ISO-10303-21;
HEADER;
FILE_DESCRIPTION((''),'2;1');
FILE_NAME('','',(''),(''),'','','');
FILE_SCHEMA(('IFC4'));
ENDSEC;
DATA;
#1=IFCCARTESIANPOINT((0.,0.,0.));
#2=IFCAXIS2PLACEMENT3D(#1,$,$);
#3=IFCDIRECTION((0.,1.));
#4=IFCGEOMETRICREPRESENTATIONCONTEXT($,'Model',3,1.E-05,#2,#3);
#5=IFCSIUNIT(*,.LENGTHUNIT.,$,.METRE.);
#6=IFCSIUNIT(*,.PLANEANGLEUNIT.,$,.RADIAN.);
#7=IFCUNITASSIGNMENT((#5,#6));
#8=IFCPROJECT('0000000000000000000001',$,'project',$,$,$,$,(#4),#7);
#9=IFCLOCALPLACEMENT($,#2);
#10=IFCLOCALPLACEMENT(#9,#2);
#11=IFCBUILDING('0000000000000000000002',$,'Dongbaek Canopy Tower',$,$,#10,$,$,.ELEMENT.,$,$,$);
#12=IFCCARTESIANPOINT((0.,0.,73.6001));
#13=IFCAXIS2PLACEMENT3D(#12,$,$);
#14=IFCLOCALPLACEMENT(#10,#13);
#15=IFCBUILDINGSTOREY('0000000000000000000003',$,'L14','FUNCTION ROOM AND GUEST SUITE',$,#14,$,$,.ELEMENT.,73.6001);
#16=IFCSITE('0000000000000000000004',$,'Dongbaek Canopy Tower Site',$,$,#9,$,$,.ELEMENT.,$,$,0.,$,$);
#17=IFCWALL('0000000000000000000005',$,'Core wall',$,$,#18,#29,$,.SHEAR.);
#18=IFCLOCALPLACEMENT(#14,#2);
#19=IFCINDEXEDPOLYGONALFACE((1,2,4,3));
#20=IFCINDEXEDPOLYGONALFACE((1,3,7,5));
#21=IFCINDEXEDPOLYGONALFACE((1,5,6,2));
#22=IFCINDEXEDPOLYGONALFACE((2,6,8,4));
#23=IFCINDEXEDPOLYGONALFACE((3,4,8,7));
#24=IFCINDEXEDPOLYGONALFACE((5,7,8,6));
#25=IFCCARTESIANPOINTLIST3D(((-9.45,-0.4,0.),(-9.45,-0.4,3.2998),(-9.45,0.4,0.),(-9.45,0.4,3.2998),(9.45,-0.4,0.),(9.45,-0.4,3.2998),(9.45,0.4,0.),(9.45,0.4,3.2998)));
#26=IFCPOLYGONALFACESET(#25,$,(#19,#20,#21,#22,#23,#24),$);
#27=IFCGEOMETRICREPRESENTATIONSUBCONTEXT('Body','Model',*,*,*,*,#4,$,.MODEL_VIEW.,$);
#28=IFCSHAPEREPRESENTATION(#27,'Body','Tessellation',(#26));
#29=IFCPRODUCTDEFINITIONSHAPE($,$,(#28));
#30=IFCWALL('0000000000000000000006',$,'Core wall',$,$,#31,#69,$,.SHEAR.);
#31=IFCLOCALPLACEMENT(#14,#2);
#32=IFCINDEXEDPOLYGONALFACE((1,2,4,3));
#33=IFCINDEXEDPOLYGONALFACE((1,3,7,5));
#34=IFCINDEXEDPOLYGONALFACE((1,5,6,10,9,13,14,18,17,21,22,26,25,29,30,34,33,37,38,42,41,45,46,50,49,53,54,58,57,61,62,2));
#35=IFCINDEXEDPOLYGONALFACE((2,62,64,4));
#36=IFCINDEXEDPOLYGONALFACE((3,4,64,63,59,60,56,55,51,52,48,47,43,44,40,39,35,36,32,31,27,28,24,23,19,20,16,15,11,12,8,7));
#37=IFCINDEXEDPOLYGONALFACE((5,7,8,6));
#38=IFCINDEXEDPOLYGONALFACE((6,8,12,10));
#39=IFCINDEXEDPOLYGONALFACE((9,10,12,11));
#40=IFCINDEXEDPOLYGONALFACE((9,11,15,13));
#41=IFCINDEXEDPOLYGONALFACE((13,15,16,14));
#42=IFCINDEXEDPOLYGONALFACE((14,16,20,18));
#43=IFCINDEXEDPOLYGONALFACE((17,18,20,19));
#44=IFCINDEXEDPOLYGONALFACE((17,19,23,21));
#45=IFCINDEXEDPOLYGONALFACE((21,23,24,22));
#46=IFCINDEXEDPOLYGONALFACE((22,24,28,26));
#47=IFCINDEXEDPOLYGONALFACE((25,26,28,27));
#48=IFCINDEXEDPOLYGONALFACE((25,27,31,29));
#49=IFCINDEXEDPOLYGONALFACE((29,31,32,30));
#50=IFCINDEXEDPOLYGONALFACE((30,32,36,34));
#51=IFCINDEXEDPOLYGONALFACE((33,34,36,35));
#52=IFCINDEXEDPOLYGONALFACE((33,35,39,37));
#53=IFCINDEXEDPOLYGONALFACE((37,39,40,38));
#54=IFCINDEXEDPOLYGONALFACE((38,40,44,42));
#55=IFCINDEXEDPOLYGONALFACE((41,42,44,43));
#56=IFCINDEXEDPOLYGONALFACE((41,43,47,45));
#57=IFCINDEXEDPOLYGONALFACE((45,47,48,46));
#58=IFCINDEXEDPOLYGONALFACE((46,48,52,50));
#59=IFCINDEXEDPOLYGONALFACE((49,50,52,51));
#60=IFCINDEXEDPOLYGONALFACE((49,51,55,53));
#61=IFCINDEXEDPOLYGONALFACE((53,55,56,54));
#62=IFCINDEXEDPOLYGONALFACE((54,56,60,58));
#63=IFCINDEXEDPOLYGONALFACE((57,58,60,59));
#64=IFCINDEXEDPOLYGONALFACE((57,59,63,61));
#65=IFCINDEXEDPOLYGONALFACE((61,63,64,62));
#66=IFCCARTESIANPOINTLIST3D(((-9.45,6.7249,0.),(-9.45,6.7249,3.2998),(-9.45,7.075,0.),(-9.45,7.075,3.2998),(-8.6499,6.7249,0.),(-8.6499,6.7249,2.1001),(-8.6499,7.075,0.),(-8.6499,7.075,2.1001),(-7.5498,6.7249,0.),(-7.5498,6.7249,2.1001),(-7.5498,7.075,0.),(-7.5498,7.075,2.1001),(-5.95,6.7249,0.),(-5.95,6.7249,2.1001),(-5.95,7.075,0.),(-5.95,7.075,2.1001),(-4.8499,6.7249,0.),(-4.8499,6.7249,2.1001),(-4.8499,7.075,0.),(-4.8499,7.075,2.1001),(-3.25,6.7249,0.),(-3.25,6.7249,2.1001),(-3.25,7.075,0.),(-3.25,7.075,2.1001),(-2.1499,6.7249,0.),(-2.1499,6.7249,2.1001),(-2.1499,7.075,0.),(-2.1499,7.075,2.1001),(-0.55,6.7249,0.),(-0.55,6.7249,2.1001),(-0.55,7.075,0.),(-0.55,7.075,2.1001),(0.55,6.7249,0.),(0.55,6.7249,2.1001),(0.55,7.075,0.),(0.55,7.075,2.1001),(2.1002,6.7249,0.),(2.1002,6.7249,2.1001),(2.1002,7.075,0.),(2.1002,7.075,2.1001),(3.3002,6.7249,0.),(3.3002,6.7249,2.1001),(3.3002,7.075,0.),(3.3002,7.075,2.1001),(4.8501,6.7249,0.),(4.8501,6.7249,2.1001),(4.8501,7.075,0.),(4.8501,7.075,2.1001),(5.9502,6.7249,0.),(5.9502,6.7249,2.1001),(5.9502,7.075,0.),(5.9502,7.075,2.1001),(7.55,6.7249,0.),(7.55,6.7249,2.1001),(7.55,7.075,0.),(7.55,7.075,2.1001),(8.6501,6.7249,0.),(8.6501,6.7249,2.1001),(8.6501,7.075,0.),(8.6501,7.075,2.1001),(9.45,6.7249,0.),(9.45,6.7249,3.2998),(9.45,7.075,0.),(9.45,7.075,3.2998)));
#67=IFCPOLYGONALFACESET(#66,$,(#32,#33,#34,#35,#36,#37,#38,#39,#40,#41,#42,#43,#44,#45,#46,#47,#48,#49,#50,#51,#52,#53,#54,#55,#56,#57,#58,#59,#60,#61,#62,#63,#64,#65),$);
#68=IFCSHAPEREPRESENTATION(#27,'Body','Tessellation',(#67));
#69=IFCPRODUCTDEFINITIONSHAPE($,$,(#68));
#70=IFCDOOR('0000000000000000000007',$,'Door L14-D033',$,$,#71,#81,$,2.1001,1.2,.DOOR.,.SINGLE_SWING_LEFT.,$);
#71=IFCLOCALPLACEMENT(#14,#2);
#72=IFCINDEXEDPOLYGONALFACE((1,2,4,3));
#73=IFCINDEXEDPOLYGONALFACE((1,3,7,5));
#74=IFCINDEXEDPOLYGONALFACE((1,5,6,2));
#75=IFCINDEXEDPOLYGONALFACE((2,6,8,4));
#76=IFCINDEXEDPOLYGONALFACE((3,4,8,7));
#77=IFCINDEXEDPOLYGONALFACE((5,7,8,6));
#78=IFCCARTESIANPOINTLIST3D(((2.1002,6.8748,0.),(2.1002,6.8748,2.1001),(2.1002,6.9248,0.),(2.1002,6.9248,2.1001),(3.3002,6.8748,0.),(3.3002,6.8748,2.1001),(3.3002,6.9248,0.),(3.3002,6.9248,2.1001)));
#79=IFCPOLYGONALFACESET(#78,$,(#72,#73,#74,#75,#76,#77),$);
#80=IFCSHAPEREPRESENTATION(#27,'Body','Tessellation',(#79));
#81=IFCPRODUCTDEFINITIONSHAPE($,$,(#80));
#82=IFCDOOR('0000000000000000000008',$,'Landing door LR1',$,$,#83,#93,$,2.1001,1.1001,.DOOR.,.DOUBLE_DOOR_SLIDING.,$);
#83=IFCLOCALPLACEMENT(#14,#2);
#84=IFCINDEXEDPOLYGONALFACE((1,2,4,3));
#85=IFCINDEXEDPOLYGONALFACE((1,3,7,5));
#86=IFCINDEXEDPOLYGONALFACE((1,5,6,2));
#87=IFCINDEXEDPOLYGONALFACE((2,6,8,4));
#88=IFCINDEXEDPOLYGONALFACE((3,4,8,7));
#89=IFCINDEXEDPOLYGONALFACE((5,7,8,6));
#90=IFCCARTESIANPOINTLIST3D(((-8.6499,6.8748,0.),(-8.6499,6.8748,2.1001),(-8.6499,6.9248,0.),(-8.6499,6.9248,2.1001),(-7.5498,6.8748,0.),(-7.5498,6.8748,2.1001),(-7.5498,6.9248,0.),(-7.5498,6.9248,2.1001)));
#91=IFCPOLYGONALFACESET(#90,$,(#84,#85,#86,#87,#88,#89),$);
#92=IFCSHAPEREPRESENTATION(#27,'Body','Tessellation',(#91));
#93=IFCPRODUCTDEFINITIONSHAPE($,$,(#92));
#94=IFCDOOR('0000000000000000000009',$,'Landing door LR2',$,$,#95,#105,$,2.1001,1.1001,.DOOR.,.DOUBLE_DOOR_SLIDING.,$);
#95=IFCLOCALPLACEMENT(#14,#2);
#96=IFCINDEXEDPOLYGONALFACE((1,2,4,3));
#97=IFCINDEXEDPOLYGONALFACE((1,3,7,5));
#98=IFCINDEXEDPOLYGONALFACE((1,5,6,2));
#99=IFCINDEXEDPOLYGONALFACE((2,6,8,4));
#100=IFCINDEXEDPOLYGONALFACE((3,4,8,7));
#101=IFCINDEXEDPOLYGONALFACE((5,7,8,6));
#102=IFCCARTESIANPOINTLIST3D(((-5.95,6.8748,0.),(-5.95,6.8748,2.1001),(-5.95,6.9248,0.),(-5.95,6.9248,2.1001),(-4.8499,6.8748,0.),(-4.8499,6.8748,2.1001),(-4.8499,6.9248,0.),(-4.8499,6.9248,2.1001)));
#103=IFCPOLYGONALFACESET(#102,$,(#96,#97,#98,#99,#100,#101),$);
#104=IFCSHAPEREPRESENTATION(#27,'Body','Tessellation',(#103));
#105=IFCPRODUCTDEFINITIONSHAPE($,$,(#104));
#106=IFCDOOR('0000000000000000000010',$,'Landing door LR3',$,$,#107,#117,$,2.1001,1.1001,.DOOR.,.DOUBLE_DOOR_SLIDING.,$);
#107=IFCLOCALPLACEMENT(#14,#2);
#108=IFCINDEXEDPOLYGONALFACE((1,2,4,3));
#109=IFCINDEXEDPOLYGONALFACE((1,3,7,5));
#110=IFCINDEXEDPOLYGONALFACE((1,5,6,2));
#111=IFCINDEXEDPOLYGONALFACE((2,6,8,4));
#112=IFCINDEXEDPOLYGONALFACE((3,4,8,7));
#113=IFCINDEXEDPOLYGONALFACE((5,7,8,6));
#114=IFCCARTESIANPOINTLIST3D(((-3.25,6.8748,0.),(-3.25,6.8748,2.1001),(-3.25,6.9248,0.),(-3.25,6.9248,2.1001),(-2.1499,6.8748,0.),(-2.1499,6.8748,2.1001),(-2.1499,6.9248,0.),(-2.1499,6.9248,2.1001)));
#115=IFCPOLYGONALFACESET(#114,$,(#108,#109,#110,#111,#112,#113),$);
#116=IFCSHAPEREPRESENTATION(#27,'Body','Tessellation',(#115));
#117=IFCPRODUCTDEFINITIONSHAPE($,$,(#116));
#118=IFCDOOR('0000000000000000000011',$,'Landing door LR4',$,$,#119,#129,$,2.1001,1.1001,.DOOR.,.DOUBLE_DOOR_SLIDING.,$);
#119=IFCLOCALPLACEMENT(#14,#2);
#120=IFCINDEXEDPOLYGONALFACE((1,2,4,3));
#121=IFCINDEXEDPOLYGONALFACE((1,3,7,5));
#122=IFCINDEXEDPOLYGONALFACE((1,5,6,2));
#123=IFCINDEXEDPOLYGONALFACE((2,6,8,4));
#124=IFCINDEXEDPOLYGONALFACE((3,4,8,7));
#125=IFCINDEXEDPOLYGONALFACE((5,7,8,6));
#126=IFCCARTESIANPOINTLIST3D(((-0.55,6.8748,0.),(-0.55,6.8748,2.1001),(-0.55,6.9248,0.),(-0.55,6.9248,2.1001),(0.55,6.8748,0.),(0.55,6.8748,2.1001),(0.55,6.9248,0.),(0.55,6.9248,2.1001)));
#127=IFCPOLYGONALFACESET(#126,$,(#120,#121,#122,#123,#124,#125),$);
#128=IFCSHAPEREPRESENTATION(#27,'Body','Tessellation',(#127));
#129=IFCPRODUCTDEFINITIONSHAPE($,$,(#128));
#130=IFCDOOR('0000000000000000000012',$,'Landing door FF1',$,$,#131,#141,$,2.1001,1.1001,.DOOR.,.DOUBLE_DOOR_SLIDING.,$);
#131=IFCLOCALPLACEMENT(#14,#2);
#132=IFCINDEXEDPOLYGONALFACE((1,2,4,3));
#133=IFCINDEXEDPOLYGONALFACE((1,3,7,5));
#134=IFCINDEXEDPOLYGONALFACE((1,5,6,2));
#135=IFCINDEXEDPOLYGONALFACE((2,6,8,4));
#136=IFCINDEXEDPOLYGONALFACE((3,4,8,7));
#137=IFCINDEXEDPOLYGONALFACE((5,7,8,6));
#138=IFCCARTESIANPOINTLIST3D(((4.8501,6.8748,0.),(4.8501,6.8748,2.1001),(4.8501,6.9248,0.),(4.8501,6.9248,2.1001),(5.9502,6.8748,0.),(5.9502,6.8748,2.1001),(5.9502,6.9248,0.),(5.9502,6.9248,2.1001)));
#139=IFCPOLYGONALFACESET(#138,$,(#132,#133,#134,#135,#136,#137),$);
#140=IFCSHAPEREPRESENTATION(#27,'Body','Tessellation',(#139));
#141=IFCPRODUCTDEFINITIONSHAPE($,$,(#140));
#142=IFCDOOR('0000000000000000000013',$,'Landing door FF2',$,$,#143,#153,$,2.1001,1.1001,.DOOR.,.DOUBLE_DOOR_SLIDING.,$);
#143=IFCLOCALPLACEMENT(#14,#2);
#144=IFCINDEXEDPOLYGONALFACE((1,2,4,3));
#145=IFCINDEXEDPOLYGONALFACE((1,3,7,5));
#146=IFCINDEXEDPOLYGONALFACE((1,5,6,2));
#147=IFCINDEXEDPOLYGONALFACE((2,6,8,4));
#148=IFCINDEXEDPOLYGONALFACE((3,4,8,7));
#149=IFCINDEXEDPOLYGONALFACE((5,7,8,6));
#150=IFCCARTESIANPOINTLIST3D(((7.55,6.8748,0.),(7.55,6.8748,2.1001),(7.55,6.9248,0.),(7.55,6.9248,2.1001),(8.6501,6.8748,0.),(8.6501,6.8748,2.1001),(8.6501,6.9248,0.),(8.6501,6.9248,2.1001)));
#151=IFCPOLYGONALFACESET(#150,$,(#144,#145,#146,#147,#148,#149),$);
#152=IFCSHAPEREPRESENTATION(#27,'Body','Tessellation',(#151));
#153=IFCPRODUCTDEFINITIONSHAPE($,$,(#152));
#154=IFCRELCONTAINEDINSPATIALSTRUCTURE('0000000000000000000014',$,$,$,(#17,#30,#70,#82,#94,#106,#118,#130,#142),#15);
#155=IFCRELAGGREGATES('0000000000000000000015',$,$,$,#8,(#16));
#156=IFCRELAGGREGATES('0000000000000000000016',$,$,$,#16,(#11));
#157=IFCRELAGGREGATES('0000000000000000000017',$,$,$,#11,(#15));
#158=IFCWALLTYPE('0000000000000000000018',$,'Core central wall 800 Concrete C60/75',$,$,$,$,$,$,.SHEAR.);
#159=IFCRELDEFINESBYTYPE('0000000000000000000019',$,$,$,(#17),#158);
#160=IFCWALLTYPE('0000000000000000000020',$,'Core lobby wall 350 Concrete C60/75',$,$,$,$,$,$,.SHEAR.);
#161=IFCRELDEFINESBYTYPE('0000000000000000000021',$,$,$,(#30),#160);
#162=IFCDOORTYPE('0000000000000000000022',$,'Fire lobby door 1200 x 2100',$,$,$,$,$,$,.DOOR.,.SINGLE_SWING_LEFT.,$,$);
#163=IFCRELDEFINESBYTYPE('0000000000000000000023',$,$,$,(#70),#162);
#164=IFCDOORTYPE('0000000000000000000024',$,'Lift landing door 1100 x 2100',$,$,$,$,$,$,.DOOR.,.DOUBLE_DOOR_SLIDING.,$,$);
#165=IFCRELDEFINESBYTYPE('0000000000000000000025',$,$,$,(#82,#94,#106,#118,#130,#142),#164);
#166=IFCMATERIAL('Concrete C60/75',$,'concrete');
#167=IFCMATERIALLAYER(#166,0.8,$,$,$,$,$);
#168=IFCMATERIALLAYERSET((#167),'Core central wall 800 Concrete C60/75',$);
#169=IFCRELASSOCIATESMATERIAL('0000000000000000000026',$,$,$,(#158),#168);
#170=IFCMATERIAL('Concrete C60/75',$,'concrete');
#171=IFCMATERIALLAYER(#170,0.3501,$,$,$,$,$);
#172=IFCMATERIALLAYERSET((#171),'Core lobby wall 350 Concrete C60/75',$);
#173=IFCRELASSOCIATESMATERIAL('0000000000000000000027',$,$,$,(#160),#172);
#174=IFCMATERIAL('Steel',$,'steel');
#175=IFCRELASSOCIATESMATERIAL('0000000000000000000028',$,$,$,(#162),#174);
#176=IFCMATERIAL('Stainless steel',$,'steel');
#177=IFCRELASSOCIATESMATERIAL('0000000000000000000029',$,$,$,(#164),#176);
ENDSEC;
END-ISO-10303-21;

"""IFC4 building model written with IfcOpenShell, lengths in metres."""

from ifc_helpers import new_model, si_unit, direction, frame, frame_2d, origin, place, context, subcontext, project, spatial, rectangle, extrude, material, layer, layer_set, type_object, element, fill, save


model = new_model("IFC4")

# Units and contexts
model_context = context("Model", 3, precision=1e-05, world=origin(), true_north=direction((0.0, 1.0)))
body_context = subcontext(model_context, "Body", "Model", "MODEL_VIEW")
ifc_project = project(units=[si_unit("LENGTHUNIT", "METRE"), si_unit("PLANEANGLEUNIT", "RADIAN")], contexts=[model_context])

# Site, building, storey
site_placement = place(None, origin())
site = spatial("IfcSite", under=ifc_project, at=site_placement, Name="Dongbaek Canopy Tower Site", CompositionType="ELEMENT", RefElevation=0.0)
building_placement = place(site_placement, origin())
building = spatial("IfcBuilding", under=site, at=building_placement, Name="Dongbaek Canopy Tower", CompositionType="ELEMENT")
storey_placement = place(building_placement, frame((0.0, 0.0, 73.6001)))
storey = spatial("IfcBuildingStorey", under=building, at=storey_placement, Name="L14", Description="FUNCTION ROOM AND GUEST SUITE", CompositionType="ELEMENT", Elevation=73.6001)

# Wall
ifc_material_1 = material(Name="Concrete C60/75", Category="concrete")
ifc_layer_1 = layer(ifc_material_1, 0.8)
ifc_layer_set_1 = layer_set([ifc_layer_1], Name="Core central wall 800 Concrete C60/75")
wall_type_1 = type_object("IfcWallType", Name="Core central wall 800 Concrete C60/75", PredefinedType="SHEAR", material=ifc_layer_set_1)
wall_1_placement = place(storey_placement, frame((-9.45, 0.0, 0.0), z_axis=(0.0, 0.0, 1.0), x_axis=(1.0, 0.0, 0.0)))
element("IfcWall", 1, at=wall_1_placement, inside=storey, type_object=wall_type_1, Name="Core wall", PredefinedType="SHEAR", context=body_context, shape_type="SweptSolid", body=[
    extrude(rectangle(XDim=18.8999, YDim=0.8, at=frame_2d((9.45, 0.0))), origin(), (0.0, 0.0, 1.0), 3.2998),
])

# Wall, openings, doors
ifc_material_2 = material(Name="Concrete C60/75", Category="concrete")
ifc_layer_2 = layer(ifc_material_2, 0.3501)
ifc_layer_set_2 = layer_set([ifc_layer_2], Name="Core lobby wall 350 Concrete C60/75")
wall_type_2 = type_object("IfcWallType", Name="Core lobby wall 350 Concrete C60/75", PredefinedType="SHEAR", material=ifc_layer_set_2)
wall_2_placement = place(storey_placement, frame((-9.45, 6.8999, 0.0), z_axis=(0.0, 0.0, 1.0), x_axis=(1.0, 0.0, 0.0)))
wall_2 = element("IfcWall", 2, at=wall_2_placement, inside=storey, type_object=wall_type_2, Name="Core wall", PredefinedType="SHEAR", context=body_context, shape_type="SweptSolid", body=[
    extrude(rectangle(XDim=18.8999, YDim=0.3501, at=frame_2d((9.45, 0.0))), origin(), (0.0, 0.0, 1.0), 3.2998),
])
opening_1_placement = place(wall_2_placement, frame((0.8, 0.0, 0.0)))
opening_1 = element("IfcOpeningElement", 3, at=opening_1_placement, cuts=wall_2, PredefinedType="OPENING", context=body_context, shape_type="SweptSolid", body=[
    extrude(rectangle(XDim=1.1001, YDim=2.1001, at=frame_2d((0.55, 1.05))), frame((0.0, 0.1851, 0.0), z_axis=(0.0, -1.0, 0.0), x_axis=(1.0, 0.0, 0.0)), (0.0, 0.0, 1.0), 0.3701),
])
opening_2_placement = place(wall_2_placement, frame((3.5, 0.0, 0.0)))
opening_2 = element("IfcOpeningElement", 4, at=opening_2_placement, cuts=wall_2, PredefinedType="OPENING", context=body_context, shape_type="SweptSolid", body=[
    extrude(rectangle(XDim=1.1001, YDim=2.1001, at=frame_2d((0.55, 1.05))), frame((0.0, 0.1851, 0.0), z_axis=(0.0, -1.0, 0.0), x_axis=(1.0, 0.0, 0.0)), (0.0, 0.0, 1.0), 0.3701),
])
opening_3_placement = place(wall_2_placement, frame((6.2, 0.0, 0.0)))
opening_3 = element("IfcOpeningElement", 5, at=opening_3_placement, cuts=wall_2, PredefinedType="OPENING", context=body_context, shape_type="SweptSolid", body=[
    extrude(rectangle(XDim=1.1001, YDim=2.1001, at=frame_2d((0.55, 1.05))), frame((0.0, 0.1851, 0.0), z_axis=(0.0, -1.0, 0.0), x_axis=(1.0, 0.0, 0.0)), (0.0, 0.0, 1.0), 0.3701),
])
opening_4_placement = place(wall_2_placement, frame((8.8999, 0.0, 0.0)))
opening_4 = element("IfcOpeningElement", 6, at=opening_4_placement, cuts=wall_2, PredefinedType="OPENING", context=body_context, shape_type="SweptSolid", body=[
    extrude(rectangle(XDim=1.1001, YDim=2.1001, at=frame_2d((0.55, 1.05))), frame((0.0, 0.1851, 0.0), z_axis=(0.0, -1.0, 0.0), x_axis=(1.0, 0.0, 0.0)), (0.0, 0.0, 1.0), 0.3701),
])
opening_5_placement = place(wall_2_placement, frame((11.55, 0.0, 0.0)))
opening_5 = element("IfcOpeningElement", 7, at=opening_5_placement, cuts=wall_2, PredefinedType="OPENING", context=body_context, shape_type="SweptSolid", body=[
    extrude(rectangle(XDim=1.2, YDim=2.1001, at=frame_2d((0.6001, 1.05))), frame((0.0, 0.1851, 0.0), z_axis=(0.0, -1.0, 0.0), x_axis=(1.0, 0.0, 0.0)), (0.0, 0.0, 1.0), 0.3701),
])
opening_6_placement = place(wall_2_placement, frame((14.3, 0.0, 0.0)))
opening_6 = element("IfcOpeningElement", 8, at=opening_6_placement, cuts=wall_2, PredefinedType="OPENING", context=body_context, shape_type="SweptSolid", body=[
    extrude(rectangle(XDim=1.1001, YDim=2.1001, at=frame_2d((0.55, 1.05))), frame((0.0, 0.1851, 0.0), z_axis=(0.0, -1.0, 0.0), x_axis=(1.0, 0.0, 0.0)), (0.0, 0.0, 1.0), 0.3701),
])
opening_7_placement = place(wall_2_placement, frame((17.0, 0.0, 0.0)))
opening_7 = element("IfcOpeningElement", 9, at=opening_7_placement, cuts=wall_2, PredefinedType="OPENING", context=body_context, shape_type="SweptSolid", body=[
    extrude(rectangle(XDim=1.1001, YDim=2.1001, at=frame_2d((0.55, 1.05))), frame((0.0, 0.1851, 0.0), z_axis=(0.0, -1.0, 0.0), x_axis=(1.0, 0.0, 0.0)), (0.0, 0.0, 1.0), 0.3701),
])
ifc_material_3 = material(Name="Steel", Category="steel")
door_type_1 = type_object("IfcDoorType", Name="Fire lobby door 1200 x 2100", OperationType="SINGLE_SWING_LEFT", PredefinedType="DOOR", material=ifc_material_3)
door_1_placement = place(opening_5_placement, origin())
door_1 = element("IfcDoor", 10, at=door_1_placement, inside=storey, type_object=door_type_1, Name="Door L14-D033", OperationType="SINGLE_SWING_LEFT", OverallHeight=2.1001, OverallWidth=1.2, PredefinedType="DOOR", context=body_context, shape_type="SweptSolid", body=[
    extrude(rectangle(XDim=1.2, YDim=2.1001, at=frame_2d((0.6001, 1.05))), frame((0.0, 0.0249, 0.0), z_axis=(0.0, -1.0, 0.0), x_axis=(1.0, 0.0, 0.0)), (0.0, 0.0, 1.0), 0.05),
])
fill(opening_5, door_1)
ifc_material_4 = material(Name="Stainless steel", Category="steel")
door_type_2 = type_object("IfcDoorType", Name="Lift landing door 1100 x 2100", OperationType="DOUBLE_DOOR_SLIDING", PredefinedType="DOOR", material=ifc_material_4)
door_2_placement = place(opening_1_placement, origin())
door_2 = element("IfcDoor", 11, at=door_2_placement, inside=storey, type_object=door_type_2, Name="Landing door LR1", OperationType="DOUBLE_DOOR_SLIDING", OverallHeight=2.1001, OverallWidth=1.1001, PredefinedType="DOOR", context=body_context, shape_type="SweptSolid", body=[
    extrude(rectangle(XDim=1.1001, YDim=2.1001, at=frame_2d((0.55, 1.05))), frame((0.0, 0.0249, 0.0), z_axis=(0.0, -1.0, 0.0), x_axis=(1.0, 0.0, 0.0)), (0.0, 0.0, 1.0), 0.05),
])
fill(opening_1, door_2)
door_3_placement = place(opening_2_placement, origin())
door_3 = element("IfcDoor", 12, at=door_3_placement, inside=storey, type_object=door_type_2, Name="Landing door LR2", OperationType="DOUBLE_DOOR_SLIDING", OverallHeight=2.1001, OverallWidth=1.1001, PredefinedType="DOOR", context=body_context, shape_type="SweptSolid", body=[
    extrude(rectangle(XDim=1.1001, YDim=2.1001, at=frame_2d((0.55, 1.05))), frame((0.0, 0.0249, 0.0), z_axis=(0.0, -1.0, 0.0), x_axis=(1.0, 0.0, 0.0)), (0.0, 0.0, 1.0), 0.05),
])
fill(opening_2, door_3)
door_4_placement = place(opening_3_placement, origin())
door_4 = element("IfcDoor", 13, at=door_4_placement, inside=storey, type_object=door_type_2, Name="Landing door LR3", OperationType="DOUBLE_DOOR_SLIDING", OverallHeight=2.1001, OverallWidth=1.1001, PredefinedType="DOOR", context=body_context, shape_type="SweptSolid", body=[
    extrude(rectangle(XDim=1.1001, YDim=2.1001, at=frame_2d((0.55, 1.05))), frame((0.0, 0.0249, 0.0), z_axis=(0.0, -1.0, 0.0), x_axis=(1.0, 0.0, 0.0)), (0.0, 0.0, 1.0), 0.05),
])
fill(opening_3, door_4)
door_5_placement = place(opening_4_placement, origin())
door_5 = element("IfcDoor", 14, at=door_5_placement, inside=storey, type_object=door_type_2, Name="Landing door LR4", OperationType="DOUBLE_DOOR_SLIDING", OverallHeight=2.1001, OverallWidth=1.1001, PredefinedType="DOOR", context=body_context, shape_type="SweptSolid", body=[
    extrude(rectangle(XDim=1.1001, YDim=2.1001, at=frame_2d((0.55, 1.05))), frame((0.0, 0.0249, 0.0), z_axis=(0.0, -1.0, 0.0), x_axis=(1.0, 0.0, 0.0)), (0.0, 0.0, 1.0), 0.05),
])
fill(opening_4, door_5)
door_6_placement = place(opening_6_placement, origin())
door_6 = element("IfcDoor", 15, at=door_6_placement, inside=storey, type_object=door_type_2, Name="Landing door FF1", OperationType="DOUBLE_DOOR_SLIDING", OverallHeight=2.1001, OverallWidth=1.1001, PredefinedType="DOOR", context=body_context, shape_type="SweptSolid", body=[
    extrude(rectangle(XDim=1.1001, YDim=2.1001, at=frame_2d((0.55, 1.05))), frame((0.0, 0.0249, 0.0), z_axis=(0.0, -1.0, 0.0), x_axis=(1.0, 0.0, 0.0)), (0.0, 0.0, 1.0), 0.05),
])
fill(opening_6, door_6)
door_7_placement = place(opening_7_placement, origin())
door_7 = element("IfcDoor", 16, at=door_7_placement, inside=storey, type_object=door_type_2, Name="Landing door FF2", OperationType="DOUBLE_DOOR_SLIDING", OverallHeight=2.1001, OverallWidth=1.1001, PredefinedType="DOOR", context=body_context, shape_type="SweptSolid", body=[
    extrude(rectangle(XDim=1.1001, YDim=2.1001, at=frame_2d((0.55, 1.05))), frame((0.0, 0.0249, 0.0), z_axis=(0.0, -1.0, 0.0), x_axis=(1.0, 0.0, 0.0)), (0.0, 0.0, 1.0), 0.05),
])
fill(opening_7, door_7)

save(model, "model.ifc")
